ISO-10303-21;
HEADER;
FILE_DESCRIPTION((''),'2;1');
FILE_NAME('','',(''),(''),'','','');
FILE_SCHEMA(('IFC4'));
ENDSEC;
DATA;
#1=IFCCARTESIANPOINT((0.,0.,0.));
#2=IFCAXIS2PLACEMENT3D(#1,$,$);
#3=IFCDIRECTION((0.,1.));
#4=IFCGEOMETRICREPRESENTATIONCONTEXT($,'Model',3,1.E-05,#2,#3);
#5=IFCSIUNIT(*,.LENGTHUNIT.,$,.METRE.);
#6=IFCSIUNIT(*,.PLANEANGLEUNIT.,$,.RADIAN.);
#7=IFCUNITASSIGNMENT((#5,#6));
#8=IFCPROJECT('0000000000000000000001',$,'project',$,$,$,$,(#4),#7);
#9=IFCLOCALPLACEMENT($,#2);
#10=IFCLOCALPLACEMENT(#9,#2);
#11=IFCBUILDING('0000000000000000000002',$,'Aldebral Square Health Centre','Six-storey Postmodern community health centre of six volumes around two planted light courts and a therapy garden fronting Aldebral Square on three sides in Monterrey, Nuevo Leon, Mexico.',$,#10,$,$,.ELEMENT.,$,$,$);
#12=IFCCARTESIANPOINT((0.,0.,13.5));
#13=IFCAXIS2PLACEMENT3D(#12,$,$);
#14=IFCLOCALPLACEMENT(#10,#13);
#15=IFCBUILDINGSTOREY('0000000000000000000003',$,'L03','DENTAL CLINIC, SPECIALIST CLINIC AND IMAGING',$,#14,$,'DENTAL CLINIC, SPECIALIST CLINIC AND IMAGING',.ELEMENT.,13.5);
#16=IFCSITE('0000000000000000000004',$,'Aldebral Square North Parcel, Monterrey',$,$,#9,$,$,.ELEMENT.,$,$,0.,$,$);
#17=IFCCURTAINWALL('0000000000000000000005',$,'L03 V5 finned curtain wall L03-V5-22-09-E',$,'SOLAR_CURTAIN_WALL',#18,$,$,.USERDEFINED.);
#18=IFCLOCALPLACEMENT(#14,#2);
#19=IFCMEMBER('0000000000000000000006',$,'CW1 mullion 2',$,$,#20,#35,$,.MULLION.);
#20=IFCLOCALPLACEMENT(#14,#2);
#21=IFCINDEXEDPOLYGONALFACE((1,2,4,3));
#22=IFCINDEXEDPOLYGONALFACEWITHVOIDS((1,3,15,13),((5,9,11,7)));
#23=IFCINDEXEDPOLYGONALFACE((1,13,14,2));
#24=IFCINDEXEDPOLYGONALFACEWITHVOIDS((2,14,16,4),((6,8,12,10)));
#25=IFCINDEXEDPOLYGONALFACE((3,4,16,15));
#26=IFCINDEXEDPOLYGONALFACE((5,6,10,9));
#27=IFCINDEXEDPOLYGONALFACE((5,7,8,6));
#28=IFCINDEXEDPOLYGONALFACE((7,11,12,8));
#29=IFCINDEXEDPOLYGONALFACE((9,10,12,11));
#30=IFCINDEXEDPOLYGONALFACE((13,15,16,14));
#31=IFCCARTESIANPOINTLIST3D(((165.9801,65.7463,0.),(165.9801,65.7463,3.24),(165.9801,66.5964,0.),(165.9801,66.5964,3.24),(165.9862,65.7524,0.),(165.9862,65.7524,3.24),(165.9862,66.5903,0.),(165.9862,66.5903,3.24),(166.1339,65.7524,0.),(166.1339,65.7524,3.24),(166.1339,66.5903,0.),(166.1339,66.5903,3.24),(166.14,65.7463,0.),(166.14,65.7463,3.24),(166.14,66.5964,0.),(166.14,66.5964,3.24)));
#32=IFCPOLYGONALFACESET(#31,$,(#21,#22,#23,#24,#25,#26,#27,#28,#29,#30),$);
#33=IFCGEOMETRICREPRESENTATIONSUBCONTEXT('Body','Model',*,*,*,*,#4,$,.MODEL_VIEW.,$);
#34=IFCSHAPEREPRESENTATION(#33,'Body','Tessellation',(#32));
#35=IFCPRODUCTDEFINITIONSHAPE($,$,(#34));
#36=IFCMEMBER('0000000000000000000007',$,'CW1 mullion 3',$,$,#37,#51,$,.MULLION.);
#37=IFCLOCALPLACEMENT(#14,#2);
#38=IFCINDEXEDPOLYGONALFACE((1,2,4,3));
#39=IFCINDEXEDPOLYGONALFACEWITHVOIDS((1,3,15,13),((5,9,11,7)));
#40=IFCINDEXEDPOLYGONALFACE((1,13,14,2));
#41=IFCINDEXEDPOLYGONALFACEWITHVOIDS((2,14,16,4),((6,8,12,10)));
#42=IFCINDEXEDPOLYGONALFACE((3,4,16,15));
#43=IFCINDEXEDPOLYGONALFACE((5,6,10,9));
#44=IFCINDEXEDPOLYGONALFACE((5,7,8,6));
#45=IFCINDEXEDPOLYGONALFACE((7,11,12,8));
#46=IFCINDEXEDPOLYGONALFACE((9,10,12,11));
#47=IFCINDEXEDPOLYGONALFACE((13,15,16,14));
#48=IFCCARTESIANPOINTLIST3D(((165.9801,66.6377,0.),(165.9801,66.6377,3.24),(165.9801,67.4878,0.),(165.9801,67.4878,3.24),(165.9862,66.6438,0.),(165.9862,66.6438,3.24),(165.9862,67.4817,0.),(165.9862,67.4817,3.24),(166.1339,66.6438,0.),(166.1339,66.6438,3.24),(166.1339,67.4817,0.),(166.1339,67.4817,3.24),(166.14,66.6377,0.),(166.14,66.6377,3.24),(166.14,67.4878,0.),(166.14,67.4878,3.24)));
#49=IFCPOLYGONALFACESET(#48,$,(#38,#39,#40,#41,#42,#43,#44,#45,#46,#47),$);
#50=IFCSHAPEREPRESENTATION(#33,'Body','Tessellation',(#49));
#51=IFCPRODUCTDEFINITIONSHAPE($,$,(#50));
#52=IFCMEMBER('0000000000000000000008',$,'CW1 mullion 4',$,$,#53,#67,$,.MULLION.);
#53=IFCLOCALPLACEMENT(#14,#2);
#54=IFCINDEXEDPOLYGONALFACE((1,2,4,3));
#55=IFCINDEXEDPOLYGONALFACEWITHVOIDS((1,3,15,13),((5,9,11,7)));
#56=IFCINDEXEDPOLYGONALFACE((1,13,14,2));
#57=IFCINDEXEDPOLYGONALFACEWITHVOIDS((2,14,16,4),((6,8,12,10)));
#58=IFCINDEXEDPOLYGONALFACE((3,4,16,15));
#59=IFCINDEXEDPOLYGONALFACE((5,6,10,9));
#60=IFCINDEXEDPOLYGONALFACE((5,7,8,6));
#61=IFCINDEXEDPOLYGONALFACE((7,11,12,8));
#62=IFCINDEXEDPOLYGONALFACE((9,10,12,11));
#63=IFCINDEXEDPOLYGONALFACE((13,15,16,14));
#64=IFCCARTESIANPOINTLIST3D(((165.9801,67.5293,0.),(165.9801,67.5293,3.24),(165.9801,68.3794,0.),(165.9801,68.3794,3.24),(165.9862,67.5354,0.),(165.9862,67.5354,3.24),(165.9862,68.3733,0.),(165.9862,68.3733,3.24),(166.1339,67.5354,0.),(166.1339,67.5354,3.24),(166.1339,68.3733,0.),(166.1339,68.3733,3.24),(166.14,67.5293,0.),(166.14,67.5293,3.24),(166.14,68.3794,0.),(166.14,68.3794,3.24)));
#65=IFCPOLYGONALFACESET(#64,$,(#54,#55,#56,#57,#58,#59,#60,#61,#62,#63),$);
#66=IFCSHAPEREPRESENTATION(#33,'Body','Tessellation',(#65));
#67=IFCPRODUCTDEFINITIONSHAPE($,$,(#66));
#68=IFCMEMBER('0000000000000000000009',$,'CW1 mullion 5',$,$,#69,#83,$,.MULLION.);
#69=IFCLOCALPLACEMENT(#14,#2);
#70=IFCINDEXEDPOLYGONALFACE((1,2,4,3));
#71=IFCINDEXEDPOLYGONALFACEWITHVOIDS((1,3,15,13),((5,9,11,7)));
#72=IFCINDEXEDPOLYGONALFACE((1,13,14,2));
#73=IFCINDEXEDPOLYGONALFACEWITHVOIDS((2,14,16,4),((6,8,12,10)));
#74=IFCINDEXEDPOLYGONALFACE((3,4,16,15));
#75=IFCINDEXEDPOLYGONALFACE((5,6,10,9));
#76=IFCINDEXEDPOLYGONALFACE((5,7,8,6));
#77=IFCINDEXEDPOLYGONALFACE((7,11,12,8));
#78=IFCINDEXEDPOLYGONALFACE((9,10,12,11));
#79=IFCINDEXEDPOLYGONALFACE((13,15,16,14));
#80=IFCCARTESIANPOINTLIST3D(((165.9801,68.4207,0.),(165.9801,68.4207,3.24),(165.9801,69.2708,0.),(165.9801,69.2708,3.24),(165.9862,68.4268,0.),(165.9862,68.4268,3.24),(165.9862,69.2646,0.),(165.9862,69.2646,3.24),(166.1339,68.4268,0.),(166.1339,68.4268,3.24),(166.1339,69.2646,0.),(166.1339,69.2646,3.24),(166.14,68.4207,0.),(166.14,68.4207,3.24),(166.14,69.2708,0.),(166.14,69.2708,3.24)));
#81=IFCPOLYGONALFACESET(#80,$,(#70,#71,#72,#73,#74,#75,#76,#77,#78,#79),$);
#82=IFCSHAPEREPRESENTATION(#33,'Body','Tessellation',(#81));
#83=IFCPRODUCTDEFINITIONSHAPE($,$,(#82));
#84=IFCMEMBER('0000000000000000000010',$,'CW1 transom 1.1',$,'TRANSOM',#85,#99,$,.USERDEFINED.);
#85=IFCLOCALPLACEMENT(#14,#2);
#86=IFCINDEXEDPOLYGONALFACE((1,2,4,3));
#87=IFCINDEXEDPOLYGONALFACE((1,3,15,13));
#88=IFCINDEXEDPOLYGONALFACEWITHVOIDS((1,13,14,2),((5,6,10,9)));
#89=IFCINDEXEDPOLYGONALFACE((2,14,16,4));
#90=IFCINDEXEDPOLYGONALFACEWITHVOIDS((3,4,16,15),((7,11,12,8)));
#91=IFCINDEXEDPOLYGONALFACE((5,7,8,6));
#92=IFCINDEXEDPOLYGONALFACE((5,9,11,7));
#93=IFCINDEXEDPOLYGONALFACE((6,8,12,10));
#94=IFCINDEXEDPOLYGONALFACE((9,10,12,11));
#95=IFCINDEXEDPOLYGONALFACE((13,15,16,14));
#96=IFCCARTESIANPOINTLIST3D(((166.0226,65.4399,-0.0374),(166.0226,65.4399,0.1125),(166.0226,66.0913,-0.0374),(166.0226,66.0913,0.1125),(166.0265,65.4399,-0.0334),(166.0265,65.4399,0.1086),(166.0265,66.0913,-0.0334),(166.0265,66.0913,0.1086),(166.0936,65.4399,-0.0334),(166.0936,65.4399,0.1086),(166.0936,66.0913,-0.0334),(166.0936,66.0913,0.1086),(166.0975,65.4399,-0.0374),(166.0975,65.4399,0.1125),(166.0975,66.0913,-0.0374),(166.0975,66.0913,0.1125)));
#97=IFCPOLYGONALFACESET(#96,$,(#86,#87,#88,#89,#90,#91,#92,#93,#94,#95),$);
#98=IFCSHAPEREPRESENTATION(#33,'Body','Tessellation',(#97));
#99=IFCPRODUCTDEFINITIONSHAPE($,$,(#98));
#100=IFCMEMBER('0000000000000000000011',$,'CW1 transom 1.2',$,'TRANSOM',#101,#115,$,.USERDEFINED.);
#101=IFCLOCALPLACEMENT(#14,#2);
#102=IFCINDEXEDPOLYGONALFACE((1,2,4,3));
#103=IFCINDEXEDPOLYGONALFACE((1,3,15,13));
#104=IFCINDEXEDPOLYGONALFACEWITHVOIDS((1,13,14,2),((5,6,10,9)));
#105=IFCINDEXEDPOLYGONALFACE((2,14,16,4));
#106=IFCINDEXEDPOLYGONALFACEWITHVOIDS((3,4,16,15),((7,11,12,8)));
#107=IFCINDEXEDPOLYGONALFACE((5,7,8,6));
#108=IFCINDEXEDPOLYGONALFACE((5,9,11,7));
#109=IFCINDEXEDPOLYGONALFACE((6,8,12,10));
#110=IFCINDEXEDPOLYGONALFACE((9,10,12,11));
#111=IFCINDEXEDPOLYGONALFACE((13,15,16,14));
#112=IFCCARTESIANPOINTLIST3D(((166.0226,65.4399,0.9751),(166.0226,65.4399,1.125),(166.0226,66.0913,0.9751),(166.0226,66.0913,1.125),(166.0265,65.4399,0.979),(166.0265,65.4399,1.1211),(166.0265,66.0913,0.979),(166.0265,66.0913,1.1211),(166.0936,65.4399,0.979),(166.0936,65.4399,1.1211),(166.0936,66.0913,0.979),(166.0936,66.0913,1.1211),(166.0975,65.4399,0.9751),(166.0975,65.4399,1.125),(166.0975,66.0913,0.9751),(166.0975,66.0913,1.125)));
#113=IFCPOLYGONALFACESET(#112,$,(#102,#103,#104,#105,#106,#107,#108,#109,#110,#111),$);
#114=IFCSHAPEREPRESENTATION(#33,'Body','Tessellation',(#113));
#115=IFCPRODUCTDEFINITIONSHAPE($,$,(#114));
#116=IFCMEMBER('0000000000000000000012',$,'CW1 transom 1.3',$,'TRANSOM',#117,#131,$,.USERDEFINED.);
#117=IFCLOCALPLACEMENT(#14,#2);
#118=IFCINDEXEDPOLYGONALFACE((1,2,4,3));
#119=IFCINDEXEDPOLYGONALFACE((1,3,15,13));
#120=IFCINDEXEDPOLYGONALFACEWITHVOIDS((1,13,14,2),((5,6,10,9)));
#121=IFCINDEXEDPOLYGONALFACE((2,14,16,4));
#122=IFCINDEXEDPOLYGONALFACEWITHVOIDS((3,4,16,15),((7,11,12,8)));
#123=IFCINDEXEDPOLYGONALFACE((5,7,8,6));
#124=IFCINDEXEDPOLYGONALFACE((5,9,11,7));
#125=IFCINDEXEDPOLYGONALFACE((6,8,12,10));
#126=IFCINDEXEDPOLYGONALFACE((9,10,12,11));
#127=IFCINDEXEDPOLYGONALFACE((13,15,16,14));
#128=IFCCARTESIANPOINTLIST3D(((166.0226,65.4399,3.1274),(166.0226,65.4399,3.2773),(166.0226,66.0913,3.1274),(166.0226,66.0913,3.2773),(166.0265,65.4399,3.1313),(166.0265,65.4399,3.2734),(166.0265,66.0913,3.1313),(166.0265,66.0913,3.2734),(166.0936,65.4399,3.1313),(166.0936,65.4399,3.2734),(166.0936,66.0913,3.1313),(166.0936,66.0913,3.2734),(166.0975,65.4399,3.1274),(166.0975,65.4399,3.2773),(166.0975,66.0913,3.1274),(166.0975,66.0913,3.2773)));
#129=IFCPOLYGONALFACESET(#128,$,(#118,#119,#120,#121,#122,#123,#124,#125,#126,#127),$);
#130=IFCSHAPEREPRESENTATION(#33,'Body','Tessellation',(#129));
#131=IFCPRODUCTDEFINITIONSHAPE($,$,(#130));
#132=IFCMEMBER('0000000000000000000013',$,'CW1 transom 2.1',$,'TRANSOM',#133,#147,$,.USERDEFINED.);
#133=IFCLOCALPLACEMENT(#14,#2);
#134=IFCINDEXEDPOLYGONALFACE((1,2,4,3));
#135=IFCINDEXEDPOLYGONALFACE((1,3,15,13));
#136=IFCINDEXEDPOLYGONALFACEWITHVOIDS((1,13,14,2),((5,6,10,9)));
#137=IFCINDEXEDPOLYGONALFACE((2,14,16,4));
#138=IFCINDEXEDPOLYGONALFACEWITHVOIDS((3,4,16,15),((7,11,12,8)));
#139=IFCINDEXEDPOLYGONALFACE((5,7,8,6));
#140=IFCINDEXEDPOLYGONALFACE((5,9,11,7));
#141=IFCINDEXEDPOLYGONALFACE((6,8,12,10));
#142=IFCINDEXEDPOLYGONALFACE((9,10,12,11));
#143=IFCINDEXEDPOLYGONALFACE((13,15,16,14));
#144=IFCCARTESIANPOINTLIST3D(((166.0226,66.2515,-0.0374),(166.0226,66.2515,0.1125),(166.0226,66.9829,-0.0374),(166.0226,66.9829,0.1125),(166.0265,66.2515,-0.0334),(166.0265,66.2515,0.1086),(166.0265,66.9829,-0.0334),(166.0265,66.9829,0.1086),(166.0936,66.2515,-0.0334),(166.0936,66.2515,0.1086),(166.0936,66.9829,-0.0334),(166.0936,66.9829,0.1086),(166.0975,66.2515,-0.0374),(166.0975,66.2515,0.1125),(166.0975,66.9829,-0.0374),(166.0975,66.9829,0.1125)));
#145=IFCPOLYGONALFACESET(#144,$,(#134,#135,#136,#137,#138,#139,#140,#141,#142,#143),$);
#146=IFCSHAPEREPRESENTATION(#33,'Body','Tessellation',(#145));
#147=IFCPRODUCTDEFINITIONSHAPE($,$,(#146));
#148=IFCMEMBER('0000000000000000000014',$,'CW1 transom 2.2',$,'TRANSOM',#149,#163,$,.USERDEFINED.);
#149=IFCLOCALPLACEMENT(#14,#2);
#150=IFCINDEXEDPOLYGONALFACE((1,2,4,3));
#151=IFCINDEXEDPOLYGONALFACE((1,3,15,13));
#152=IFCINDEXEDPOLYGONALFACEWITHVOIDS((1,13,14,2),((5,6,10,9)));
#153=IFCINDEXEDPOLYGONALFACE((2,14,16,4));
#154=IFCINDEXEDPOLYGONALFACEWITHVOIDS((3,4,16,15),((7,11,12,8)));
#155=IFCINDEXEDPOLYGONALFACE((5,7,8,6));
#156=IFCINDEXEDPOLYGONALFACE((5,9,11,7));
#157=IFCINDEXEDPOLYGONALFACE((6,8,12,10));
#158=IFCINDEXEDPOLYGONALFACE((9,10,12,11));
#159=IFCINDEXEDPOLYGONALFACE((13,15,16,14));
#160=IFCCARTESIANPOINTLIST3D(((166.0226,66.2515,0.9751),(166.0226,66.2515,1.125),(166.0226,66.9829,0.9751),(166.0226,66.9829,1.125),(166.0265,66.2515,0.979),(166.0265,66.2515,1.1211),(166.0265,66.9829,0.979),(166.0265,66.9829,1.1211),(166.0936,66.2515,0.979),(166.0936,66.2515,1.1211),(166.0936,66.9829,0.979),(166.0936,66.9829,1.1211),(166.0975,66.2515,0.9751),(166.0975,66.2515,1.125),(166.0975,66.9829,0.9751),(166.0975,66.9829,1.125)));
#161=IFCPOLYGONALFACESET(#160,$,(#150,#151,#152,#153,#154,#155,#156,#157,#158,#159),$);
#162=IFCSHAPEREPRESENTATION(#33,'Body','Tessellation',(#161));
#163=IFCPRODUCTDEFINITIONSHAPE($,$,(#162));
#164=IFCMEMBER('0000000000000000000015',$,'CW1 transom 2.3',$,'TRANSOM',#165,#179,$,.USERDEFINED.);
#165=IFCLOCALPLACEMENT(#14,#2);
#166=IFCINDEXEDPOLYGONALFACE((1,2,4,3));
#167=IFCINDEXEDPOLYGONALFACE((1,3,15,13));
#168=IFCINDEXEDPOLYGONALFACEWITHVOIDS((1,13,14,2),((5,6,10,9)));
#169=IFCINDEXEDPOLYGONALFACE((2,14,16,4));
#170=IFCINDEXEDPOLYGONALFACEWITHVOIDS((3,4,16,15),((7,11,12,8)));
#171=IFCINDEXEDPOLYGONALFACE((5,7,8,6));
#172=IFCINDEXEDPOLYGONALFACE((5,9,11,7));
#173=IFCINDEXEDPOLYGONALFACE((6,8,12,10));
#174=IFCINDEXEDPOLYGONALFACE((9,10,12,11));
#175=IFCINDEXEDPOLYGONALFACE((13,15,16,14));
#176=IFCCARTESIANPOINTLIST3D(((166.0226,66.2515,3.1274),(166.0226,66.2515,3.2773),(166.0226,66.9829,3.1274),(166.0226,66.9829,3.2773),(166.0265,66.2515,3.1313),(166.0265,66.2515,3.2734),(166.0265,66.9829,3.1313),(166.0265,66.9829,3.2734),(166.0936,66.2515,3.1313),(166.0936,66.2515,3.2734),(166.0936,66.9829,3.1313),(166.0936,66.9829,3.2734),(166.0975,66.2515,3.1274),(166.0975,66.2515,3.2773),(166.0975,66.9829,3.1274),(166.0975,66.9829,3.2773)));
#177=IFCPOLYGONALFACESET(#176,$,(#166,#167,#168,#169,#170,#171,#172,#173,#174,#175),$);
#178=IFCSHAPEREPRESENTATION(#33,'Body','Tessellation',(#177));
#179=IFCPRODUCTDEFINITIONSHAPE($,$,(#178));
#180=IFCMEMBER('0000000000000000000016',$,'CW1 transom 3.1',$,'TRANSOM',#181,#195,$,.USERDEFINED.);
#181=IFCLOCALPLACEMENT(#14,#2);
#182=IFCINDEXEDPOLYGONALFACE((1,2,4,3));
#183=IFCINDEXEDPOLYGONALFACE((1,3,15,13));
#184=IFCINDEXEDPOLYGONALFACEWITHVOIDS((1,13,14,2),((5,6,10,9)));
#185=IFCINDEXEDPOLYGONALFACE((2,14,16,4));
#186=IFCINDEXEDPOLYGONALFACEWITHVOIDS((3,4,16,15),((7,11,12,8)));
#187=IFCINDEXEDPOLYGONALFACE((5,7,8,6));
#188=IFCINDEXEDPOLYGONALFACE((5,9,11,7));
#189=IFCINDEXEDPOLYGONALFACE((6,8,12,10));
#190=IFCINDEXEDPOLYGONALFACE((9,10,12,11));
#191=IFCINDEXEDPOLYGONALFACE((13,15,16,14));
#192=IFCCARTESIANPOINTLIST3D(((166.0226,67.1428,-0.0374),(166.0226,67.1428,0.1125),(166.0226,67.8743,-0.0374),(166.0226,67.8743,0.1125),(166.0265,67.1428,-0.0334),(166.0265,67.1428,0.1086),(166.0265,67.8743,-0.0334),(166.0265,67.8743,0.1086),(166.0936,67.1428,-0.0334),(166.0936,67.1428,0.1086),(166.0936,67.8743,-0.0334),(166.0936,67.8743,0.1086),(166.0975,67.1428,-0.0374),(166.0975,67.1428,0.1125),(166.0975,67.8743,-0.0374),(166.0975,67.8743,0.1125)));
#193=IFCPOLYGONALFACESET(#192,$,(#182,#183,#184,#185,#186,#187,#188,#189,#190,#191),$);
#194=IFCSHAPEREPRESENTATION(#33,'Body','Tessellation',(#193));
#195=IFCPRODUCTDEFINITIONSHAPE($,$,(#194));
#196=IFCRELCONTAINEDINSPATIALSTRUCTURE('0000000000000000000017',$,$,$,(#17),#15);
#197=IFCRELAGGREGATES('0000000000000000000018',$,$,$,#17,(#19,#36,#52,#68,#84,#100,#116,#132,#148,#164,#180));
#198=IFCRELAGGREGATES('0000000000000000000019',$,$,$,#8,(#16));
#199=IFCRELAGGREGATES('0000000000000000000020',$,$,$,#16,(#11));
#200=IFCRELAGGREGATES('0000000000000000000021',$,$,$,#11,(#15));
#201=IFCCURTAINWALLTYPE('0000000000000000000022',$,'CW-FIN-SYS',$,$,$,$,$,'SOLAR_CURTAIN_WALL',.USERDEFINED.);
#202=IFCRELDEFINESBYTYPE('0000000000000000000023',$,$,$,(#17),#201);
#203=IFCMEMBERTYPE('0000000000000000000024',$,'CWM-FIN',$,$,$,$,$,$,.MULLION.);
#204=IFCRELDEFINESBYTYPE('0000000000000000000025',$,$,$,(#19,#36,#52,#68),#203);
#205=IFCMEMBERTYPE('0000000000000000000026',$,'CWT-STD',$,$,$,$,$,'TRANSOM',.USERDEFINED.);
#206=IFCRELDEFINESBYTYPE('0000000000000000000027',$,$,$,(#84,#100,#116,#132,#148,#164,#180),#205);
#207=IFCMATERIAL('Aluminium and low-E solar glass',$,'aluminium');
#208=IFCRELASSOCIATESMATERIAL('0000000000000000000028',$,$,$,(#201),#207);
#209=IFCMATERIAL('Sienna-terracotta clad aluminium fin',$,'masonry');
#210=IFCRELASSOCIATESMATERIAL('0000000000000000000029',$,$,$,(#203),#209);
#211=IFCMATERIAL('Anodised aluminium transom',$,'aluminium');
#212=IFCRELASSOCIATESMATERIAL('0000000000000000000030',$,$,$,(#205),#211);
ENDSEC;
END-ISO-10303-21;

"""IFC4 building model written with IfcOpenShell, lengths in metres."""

from ifc_helpers import new_model, si_unit, direction, frame, origin, origin_2d, place, context, subcontext, project, spatial, hollow_rectangle, extrude, material, material_profile, profile_set, type_object, element, aggregate, save


model = new_model("IFC4")

# Units and contexts
model_context = context("Model", 3, precision=1e-05, world=origin(), true_north=direction((0.0, 1.0)))
body_context = subcontext(model_context, "Body", "Model", "MODEL_VIEW")
ifc_project = project(units=[si_unit("LENGTHUNIT", "METRE"), si_unit("PLANEANGLEUNIT", "RADIAN")], contexts=[model_context])

# Site, building, storey
site_placement = place(None, origin())
site = spatial("IfcSite", under=ifc_project, at=site_placement, Name="Aldebral Square North Parcel, Monterrey", CompositionType="ELEMENT", RefElevation=0.0)
building_placement = place(site_placement, origin())
building = spatial("IfcBuilding", under=site, at=building_placement, Name="Aldebral Square Health Centre", Description="Six-storey Postmodern community health centre of six volumes around two planted light courts and a therapy garden fronting Aldebral Square on three sides in Monterrey, Nuevo Leon, Mexico.", CompositionType="ELEMENT")
storey_placement = place(building_placement, frame((0.0, 0.0, 13.5)))
storey = spatial("IfcBuildingStorey", under=building, at=storey_placement, Name="L03", Description="DENTAL CLINIC, SPECIALIST CLINIC AND IMAGING", LongName="DENTAL CLINIC, SPECIALIST CLINIC AND IMAGING", CompositionType="ELEMENT", Elevation=13.5)

# Curtain wall, members
ifc_material_1 = material(Name="Aluminium and low-E solar glass", Category="aluminium")
curtain_wall_type = type_object("IfcCurtainWallType", Name="CW-FIN-SYS", ElementType="SOLAR_CURTAIN_WALL", PredefinedType="USERDEFINED", material=ifc_material_1)
curtain_wall_placement = place(storey_placement, origin())
curtain_wall = element("IfcCurtainWall", 1, at=curtain_wall_placement, inside=storey, type_object=curtain_wall_type, Name="L03 V5 finned curtain wall L03-V5-22-09-E", ObjectType="SOLAR_CURTAIN_WALL", PredefinedType="USERDEFINED")
ifc_material_2 = material(Name="Sienna-terracotta clad aluminium fin", Category="masonry")
ifc_material_profile_1 = material_profile(ifc_material_2, hollow_rectangle(XDim=0.1599, YDim=0.8501, WallThickness=0.0061, at=origin_2d()), Name="FIN 160x850x6")
ifc_profile_set_1 = profile_set([ifc_material_profile_1], Name="Sienna-terracotta clad aluminium fin")
member_type_1 = type_object("IfcMemberType", Name="CWM-FIN", PredefinedType="MULLION", material=ifc_profile_set_1)
member_1_placement = place(storey_placement, frame((166.0601, 66.1714, 0.0), z_axis=(0.0, 0.0, 1.0), x_axis=(-1.0, 0.0, 0.0)))
member_1 = element("IfcMember", 2, at=member_1_placement, type_object=member_type_1, Name="CW1 mullion 2", PredefinedType="MULLION", context=body_context, shape_type="SweptSolid", body=[
    extrude(hollow_rectangle(XDim=0.1599, YDim=0.8501, WallThickness=0.0061, at=origin_2d()), origin(), (0.0, 0.0, 1.0), 3.24),
])
member_2_placement = place(storey_placement, frame((166.0601, 67.0627, 0.0), z_axis=(0.0, 0.0, 1.0), x_axis=(-1.0, 0.0, 0.0)))
member_2 = element("IfcMember", 3, at=member_2_placement, type_object=member_type_1, Name="CW1 mullion 3", PredefinedType="MULLION", context=body_context, shape_type="SweptSolid", body=[
    extrude(hollow_rectangle(XDim=0.1599, YDim=0.8501, WallThickness=0.0061, at=origin_2d()), origin(), (0.0, 0.0, 1.0), 3.24),
])
member_3_placement = place(storey_placement, frame((166.0601, 67.9543, 0.0), z_axis=(0.0, 0.0, 1.0), x_axis=(-1.0, 0.0, 0.0)))
member_3 = element("IfcMember", 4, at=member_3_placement, type_object=member_type_1, Name="CW1 mullion 4", PredefinedType="MULLION", context=body_context, shape_type="SweptSolid", body=[
    extrude(hollow_rectangle(XDim=0.1599, YDim=0.8501, WallThickness=0.0061, at=origin_2d()), origin(), (0.0, 0.0, 1.0), 3.24),
])
member_4_placement = place(storey_placement, frame((166.0601, 68.8457, 0.0), z_axis=(0.0, 0.0, 1.0), x_axis=(-1.0, 0.0, 0.0)))
member_4 = element("IfcMember", 5, at=member_4_placement, type_object=member_type_1, Name="CW1 mullion 5", PredefinedType="MULLION", context=body_context, shape_type="SweptSolid", body=[
    extrude(hollow_rectangle(XDim=0.1599, YDim=0.8501, WallThickness=0.0061, at=origin_2d()), origin(), (0.0, 0.0, 1.0), 3.24),
])
ifc_material_3 = material(Name="Anodised aluminium transom", Category="aluminium")
ifc_material_profile_2 = material_profile(ifc_material_3, hollow_rectangle(XDim=0.075, YDim=0.1499, WallThickness=0.0039, at=origin_2d()), Name="CWT 75x150x4")
ifc_profile_set_2 = profile_set([ifc_material_profile_2], Name="Anodised aluminium transom")
member_type_2 = type_object("IfcMemberType", Name="CWT-STD", ElementType="TRANSOM", PredefinedType="USERDEFINED", material=ifc_profile_set_2)
member_5_placement = place(storey_placement, frame((166.0601, 65.4399, 0.0376), z_axis=(0.0, 1.0, 0.0), x_axis=(-1.0, 0.0, 0.0)))
member_5 = element("IfcMember", 6, at=member_5_placement, type_object=member_type_2, Name="CW1 transom 1.1", ObjectType="TRANSOM", PredefinedType="USERDEFINED", context=body_context, shape_type="SweptSolid", body=[
    extrude(hollow_rectangle(XDim=0.075, YDim=0.1499, WallThickness=0.0039, at=origin_2d()), origin(), (0.0, 0.0, 1.0), 0.6514),
])
member_6_placement = place(storey_placement, frame((166.0601, 65.4399, 1.05), z_axis=(0.0, 1.0, 0.0), x_axis=(-1.0, 0.0, 0.0)))
member_6 = element("IfcMember", 7, at=member_6_placement, type_object=member_type_2, Name="CW1 transom 1.2", ObjectType="TRANSOM", PredefinedType="USERDEFINED", context=body_context, shape_type="SweptSolid", body=[
    extrude(hollow_rectangle(XDim=0.075, YDim=0.1499, WallThickness=0.0039, at=origin_2d()), origin(), (0.0, 0.0, 1.0), 0.6514),
])
member_7_placement = place(storey_placement, frame((166.0601, 65.4399, 3.2024), z_axis=(0.0, 1.0, 0.0), x_axis=(-1.0, 0.0, 0.0)))
member_7 = element("IfcMember", 8, at=member_7_placement, type_object=member_type_2, Name="CW1 transom 1.3", ObjectType="TRANSOM", PredefinedType="USERDEFINED", context=body_context, shape_type="SweptSolid", body=[
    extrude(hollow_rectangle(XDim=0.075, YDim=0.1499, WallThickness=0.0039, at=origin_2d()), origin(), (0.0, 0.0, 1.0), 0.6514),
])
member_8_placement = place(storey_placement, frame((166.0601, 66.2515, 0.0376), z_axis=(0.0, 1.0, 0.0), x_axis=(-1.0, 0.0, 0.0)))
member_8 = element("IfcMember", 9, at=member_8_placement, type_object=member_type_2, Name="CW1 transom 2.1", ObjectType="TRANSOM", PredefinedType="USERDEFINED", context=body_context, shape_type="SweptSolid", body=[
    extrude(hollow_rectangle(XDim=0.075, YDim=0.1499, WallThickness=0.0039, at=origin_2d()), origin(), (0.0, 0.0, 1.0), 0.7314),
])
member_9_placement = place(storey_placement, frame((166.0601, 66.2515, 1.05), z_axis=(0.0, 1.0, 0.0), x_axis=(-1.0, 0.0, 0.0)))
member_9 = element("IfcMember", 10, at=member_9_placement, type_object=member_type_2, Name="CW1 transom 2.2", ObjectType="TRANSOM", PredefinedType="USERDEFINED", context=body_context, shape_type="SweptSolid", body=[
    extrude(hollow_rectangle(XDim=0.075, YDim=0.1499, WallThickness=0.0039, at=origin_2d()), origin(), (0.0, 0.0, 1.0), 0.7314),
])
member_10_placement = place(storey_placement, frame((166.0601, 66.2515, 3.2024), z_axis=(0.0, 1.0, 0.0), x_axis=(-1.0, 0.0, 0.0)))
member_10 = element("IfcMember", 11, at=member_10_placement, type_object=member_type_2, Name="CW1 transom 2.3", ObjectType="TRANSOM", PredefinedType="USERDEFINED", context=body_context, shape_type="SweptSolid", body=[
    extrude(hollow_rectangle(XDim=0.075, YDim=0.1499, WallThickness=0.0039, at=origin_2d()), origin(), (0.0, 0.0, 1.0), 0.7314),
])
member_11_placement = place(storey_placement, frame((166.0601, 67.1428, 0.0376), z_axis=(0.0, 1.0, 0.0), x_axis=(-1.0, 0.0, 0.0)))
member_11 = element("IfcMember", 12, at=member_11_placement, type_object=member_type_2, Name="CW1 transom 3.1", ObjectType="TRANSOM", PredefinedType="USERDEFINED", context=body_context, shape_type="SweptSolid", body=[
    extrude(hollow_rectangle(XDim=0.075, YDim=0.1499, WallThickness=0.0039, at=origin_2d()), origin(), (0.0, 0.0, 1.0), 0.7314),
])
aggregate(curtain_wall, [member_1, member_2, member_3, member_4, member_5, member_6, member_7, member_8, member_9, member_10, member_11])

save(model, "model.ifc")
